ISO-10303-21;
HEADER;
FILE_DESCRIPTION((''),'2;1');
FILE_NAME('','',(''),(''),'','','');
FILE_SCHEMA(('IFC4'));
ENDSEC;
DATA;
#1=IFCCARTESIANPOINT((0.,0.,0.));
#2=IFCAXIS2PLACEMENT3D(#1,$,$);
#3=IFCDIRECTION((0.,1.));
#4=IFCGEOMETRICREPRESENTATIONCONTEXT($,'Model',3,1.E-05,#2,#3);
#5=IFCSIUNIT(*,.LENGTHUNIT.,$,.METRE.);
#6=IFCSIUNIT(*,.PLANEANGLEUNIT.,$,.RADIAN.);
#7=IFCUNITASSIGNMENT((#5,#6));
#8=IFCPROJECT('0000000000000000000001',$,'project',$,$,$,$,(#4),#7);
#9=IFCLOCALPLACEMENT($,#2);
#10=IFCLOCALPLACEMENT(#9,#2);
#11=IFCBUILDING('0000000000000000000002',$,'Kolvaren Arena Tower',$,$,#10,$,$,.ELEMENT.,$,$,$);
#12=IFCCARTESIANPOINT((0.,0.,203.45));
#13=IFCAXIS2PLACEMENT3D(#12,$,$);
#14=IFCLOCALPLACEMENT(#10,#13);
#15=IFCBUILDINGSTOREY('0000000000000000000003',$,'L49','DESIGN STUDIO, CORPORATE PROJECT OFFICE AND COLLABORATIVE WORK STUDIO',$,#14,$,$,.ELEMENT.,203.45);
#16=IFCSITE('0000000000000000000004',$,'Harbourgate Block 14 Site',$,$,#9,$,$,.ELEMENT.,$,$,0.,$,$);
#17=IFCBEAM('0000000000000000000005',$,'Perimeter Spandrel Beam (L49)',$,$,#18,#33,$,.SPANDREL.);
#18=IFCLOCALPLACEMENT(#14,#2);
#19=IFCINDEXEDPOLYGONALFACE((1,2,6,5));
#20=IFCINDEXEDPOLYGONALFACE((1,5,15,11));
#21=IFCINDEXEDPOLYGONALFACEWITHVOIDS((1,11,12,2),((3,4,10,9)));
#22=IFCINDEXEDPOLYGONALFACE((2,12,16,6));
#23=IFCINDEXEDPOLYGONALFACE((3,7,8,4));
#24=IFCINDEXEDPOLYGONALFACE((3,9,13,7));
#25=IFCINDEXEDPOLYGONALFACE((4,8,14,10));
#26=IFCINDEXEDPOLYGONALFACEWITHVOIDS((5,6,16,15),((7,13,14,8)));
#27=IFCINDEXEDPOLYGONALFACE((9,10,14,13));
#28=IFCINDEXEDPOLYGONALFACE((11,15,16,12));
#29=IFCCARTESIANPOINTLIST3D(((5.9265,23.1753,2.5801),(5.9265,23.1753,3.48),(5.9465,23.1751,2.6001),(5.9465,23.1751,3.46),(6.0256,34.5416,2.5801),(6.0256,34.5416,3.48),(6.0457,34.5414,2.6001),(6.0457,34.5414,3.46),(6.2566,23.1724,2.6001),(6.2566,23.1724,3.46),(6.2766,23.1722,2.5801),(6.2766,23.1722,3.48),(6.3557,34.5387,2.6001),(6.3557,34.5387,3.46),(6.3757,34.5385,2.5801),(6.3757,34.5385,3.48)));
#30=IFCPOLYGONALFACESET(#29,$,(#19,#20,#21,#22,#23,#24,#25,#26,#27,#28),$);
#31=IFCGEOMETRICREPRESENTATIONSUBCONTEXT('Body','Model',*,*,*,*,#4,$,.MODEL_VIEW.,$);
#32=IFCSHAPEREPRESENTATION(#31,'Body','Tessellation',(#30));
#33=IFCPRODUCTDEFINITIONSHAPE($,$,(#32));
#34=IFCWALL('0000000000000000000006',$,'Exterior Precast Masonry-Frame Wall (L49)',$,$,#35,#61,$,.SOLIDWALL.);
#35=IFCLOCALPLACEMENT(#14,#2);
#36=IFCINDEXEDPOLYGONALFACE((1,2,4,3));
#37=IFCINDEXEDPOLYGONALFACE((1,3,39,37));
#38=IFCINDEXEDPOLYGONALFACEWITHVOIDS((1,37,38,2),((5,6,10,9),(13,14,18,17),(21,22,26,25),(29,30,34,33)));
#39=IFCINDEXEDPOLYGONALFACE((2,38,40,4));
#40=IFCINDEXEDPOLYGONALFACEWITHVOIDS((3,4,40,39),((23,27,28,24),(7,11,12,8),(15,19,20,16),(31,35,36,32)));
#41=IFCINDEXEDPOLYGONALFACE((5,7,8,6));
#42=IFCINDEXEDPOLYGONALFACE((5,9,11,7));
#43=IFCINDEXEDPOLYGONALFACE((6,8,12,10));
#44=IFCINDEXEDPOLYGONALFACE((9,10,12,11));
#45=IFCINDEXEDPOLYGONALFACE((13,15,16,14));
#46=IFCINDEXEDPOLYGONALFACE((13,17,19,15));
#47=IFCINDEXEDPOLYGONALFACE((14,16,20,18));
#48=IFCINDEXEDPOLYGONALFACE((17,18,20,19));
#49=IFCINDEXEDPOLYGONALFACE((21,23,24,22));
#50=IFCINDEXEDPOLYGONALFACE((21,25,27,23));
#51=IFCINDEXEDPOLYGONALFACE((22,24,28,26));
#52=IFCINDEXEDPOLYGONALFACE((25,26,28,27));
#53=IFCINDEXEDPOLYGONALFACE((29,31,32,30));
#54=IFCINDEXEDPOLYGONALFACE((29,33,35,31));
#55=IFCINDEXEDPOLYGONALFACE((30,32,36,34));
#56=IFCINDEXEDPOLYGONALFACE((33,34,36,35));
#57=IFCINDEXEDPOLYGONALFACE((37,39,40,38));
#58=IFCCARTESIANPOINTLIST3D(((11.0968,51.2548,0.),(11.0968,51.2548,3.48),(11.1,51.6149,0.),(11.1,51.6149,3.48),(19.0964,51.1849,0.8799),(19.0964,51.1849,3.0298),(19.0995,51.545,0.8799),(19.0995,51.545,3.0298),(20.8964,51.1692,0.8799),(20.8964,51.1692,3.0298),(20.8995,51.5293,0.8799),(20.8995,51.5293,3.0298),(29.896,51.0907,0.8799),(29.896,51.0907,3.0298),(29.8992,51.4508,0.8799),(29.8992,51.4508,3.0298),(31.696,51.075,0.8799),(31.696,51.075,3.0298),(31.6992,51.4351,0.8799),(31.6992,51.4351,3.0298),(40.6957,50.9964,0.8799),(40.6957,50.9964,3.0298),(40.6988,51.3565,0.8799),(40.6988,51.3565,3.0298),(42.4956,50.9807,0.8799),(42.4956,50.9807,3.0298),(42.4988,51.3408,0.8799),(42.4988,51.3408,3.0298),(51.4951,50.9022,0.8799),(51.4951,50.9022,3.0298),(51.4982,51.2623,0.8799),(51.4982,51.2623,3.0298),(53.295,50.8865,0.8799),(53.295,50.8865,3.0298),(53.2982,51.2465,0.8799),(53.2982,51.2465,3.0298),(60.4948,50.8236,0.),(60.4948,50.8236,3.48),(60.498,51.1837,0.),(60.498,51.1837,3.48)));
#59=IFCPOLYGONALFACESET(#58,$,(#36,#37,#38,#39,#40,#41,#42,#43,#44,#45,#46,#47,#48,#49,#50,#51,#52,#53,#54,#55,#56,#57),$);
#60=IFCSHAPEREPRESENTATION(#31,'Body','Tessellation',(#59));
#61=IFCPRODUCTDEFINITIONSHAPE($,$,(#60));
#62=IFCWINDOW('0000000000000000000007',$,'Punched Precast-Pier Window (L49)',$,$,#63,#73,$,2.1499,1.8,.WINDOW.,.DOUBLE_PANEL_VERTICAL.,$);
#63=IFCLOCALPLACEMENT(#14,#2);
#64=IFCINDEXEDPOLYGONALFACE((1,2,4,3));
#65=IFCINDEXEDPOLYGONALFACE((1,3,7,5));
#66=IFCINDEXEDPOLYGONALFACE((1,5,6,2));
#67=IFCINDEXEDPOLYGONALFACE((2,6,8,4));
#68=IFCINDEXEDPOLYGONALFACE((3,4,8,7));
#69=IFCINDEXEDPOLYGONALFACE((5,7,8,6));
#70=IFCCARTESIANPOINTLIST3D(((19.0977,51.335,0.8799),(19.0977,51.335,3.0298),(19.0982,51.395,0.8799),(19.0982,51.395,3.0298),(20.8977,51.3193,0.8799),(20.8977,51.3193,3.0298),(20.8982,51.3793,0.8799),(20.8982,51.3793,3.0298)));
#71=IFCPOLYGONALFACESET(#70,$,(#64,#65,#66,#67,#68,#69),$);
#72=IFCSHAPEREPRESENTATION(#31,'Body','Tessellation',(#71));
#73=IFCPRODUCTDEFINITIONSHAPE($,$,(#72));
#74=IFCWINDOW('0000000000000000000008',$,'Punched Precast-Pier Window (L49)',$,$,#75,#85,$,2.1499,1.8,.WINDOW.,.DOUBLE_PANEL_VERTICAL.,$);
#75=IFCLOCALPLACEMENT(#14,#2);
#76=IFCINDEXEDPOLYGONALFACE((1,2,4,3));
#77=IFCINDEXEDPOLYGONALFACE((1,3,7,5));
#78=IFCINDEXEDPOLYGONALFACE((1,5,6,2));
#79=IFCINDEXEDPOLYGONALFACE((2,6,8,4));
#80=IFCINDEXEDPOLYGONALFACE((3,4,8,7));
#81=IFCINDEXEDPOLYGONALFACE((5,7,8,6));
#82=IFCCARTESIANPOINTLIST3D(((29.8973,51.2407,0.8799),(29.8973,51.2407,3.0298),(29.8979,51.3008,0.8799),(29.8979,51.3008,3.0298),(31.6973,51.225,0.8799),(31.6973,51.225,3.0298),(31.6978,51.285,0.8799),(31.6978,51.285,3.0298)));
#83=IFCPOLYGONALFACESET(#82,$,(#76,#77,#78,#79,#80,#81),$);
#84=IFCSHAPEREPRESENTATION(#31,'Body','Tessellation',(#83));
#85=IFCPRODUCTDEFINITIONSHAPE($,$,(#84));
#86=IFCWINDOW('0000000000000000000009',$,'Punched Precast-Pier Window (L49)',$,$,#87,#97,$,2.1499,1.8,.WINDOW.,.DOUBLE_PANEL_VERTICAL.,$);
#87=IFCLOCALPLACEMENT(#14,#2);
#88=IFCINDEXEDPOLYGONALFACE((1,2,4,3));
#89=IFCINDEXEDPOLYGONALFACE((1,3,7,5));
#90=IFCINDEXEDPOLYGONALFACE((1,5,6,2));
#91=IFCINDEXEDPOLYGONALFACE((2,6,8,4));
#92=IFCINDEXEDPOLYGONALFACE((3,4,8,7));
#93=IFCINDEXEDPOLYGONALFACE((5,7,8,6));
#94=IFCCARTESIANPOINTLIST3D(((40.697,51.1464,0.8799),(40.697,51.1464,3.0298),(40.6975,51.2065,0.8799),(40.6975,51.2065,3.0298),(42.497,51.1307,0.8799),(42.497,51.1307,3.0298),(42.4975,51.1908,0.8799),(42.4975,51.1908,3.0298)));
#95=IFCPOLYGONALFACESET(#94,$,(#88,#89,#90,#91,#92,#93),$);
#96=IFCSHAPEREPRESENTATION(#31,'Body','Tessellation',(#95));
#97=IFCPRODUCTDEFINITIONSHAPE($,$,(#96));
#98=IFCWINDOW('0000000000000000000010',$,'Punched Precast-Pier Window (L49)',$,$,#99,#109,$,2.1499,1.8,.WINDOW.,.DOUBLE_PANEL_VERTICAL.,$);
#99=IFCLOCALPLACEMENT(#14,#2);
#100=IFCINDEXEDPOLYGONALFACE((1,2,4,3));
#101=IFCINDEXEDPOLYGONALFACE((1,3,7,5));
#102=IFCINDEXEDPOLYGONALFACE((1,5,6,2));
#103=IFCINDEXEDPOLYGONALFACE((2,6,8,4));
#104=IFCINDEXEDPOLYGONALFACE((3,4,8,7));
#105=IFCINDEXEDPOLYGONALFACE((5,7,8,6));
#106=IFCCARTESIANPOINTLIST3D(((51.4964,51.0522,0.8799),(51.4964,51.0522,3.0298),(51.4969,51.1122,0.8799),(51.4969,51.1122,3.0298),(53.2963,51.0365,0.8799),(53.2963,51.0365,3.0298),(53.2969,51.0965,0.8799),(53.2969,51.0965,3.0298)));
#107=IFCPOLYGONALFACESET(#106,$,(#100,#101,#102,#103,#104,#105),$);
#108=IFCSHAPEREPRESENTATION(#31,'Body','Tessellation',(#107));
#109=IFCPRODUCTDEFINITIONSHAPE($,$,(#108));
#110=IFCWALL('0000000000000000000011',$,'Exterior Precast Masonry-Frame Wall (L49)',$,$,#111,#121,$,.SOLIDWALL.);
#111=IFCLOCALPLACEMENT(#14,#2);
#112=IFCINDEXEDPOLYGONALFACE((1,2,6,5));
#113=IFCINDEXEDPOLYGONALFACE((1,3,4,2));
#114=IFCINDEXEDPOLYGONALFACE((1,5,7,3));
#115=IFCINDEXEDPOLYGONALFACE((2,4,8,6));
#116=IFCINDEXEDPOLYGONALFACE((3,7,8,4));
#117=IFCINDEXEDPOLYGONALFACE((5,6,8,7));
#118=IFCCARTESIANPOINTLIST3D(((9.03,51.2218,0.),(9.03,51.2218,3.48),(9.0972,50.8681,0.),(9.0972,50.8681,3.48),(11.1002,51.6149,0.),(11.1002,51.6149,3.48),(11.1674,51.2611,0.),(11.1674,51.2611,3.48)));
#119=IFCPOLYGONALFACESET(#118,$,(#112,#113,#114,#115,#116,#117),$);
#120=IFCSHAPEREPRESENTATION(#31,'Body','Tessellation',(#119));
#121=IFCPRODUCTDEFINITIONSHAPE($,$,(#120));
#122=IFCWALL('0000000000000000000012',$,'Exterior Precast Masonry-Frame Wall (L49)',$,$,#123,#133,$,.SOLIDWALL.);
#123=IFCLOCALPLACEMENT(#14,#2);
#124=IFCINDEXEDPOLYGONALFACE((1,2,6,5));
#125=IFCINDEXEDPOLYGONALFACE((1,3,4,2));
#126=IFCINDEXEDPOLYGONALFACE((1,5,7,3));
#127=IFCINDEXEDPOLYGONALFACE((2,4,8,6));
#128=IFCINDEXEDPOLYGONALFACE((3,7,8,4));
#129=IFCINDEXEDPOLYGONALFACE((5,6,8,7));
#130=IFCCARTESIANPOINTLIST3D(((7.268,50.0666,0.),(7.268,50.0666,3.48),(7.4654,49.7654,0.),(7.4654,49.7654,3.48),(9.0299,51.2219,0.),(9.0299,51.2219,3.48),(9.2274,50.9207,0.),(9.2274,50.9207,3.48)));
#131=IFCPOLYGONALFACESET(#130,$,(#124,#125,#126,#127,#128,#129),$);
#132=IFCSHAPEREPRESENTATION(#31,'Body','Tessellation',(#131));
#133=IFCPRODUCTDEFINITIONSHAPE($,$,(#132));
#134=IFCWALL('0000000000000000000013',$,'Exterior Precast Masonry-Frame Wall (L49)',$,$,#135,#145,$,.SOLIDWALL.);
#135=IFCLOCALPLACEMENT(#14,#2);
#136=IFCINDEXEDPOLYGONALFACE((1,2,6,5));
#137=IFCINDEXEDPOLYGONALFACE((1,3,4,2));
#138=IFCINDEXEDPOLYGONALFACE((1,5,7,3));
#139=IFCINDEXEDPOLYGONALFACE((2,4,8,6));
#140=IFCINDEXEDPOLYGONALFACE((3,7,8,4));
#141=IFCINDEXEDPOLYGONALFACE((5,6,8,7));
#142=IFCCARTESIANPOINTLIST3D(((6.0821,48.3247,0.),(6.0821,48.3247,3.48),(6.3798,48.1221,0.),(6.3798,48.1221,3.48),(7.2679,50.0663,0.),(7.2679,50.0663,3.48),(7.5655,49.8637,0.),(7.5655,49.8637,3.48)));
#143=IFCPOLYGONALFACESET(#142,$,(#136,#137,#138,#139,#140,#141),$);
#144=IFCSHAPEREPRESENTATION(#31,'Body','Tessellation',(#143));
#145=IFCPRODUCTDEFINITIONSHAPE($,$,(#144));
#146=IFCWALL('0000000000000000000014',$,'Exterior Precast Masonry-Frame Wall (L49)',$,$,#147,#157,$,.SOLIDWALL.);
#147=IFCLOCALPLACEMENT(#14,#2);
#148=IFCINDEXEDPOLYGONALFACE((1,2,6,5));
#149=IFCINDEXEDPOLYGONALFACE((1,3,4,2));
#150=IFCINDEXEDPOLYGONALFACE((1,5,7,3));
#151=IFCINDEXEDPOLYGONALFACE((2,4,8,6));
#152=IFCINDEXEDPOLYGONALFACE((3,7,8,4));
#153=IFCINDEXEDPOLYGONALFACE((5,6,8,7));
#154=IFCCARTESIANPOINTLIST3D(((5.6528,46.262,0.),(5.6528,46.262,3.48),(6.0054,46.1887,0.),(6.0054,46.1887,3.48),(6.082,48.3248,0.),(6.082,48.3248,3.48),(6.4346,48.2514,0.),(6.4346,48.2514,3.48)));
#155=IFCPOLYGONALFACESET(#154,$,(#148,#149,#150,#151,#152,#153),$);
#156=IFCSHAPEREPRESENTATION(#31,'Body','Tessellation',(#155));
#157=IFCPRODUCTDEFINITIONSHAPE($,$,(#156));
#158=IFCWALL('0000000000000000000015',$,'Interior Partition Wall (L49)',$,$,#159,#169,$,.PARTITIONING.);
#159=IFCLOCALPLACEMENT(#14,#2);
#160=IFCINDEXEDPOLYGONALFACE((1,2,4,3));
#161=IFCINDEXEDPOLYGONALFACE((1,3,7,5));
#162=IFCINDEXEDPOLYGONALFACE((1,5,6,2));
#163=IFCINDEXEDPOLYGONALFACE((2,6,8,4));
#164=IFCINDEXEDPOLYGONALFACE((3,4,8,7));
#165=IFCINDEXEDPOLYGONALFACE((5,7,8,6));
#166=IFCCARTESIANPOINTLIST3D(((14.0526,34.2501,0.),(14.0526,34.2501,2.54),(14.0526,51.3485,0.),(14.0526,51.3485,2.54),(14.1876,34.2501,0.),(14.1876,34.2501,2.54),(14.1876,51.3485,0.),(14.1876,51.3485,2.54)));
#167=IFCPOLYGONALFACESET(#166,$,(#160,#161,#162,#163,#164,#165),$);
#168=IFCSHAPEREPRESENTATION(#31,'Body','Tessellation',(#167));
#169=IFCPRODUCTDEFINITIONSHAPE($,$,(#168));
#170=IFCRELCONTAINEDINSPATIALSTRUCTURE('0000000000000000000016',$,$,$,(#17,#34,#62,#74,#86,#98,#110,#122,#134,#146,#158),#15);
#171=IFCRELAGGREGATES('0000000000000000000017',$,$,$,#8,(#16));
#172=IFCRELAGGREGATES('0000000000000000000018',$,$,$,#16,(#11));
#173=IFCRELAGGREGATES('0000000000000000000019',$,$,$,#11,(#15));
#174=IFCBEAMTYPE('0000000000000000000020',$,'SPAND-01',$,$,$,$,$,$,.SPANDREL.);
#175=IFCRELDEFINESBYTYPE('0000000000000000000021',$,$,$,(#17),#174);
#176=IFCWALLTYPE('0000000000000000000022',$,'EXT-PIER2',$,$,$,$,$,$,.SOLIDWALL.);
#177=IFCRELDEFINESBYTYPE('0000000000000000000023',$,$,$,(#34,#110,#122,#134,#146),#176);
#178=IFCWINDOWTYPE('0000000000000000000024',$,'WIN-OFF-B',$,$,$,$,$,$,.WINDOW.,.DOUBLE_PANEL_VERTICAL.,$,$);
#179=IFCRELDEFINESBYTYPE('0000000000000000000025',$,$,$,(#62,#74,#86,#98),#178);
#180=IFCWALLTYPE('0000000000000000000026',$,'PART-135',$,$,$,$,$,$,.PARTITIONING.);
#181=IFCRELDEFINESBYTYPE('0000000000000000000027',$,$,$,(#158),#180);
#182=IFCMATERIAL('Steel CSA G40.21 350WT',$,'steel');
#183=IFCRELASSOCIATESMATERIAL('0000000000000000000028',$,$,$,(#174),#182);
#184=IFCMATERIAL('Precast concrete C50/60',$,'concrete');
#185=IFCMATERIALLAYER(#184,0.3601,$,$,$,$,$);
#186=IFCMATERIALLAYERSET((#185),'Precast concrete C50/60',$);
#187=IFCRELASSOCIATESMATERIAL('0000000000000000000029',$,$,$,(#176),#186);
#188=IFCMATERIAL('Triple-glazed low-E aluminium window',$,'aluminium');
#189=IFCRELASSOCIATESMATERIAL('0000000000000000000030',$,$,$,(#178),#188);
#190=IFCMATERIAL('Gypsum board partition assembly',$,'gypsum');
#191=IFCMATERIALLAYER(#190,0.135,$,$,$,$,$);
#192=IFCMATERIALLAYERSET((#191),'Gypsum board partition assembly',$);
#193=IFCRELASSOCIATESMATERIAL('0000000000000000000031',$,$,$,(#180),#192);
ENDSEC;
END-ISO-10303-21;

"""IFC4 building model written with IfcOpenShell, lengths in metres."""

from ifc_helpers import new_model, si_unit, direction, frame, frame_2d, origin, origin_2d, place, context, subcontext, project, spatial, rectangle, hollow_rectangle, extrude, material, layer, layer_set, material_profile, profile_set, type_object, element, fill, save


model = new_model("IFC4")

# Units and contexts
model_context = context("Model", 3, precision=1e-05, world=origin(), true_north=direction((0.0, 1.0)))
body_context = subcontext(model_context, "Body", "Model", "MODEL_VIEW")
ifc_project = project(units=[si_unit("LENGTHUNIT", "METRE"), si_unit("PLANEANGLEUNIT", "RADIAN")], contexts=[model_context])

# Site, building, storey
site_placement = place(None, origin())
site = spatial("IfcSite", under=ifc_project, at=site_placement, Name="Harbourgate Block 14 Site", CompositionType="ELEMENT", RefElevation=0.0)
building_placement = place(site_placement, origin())
building = spatial("IfcBuilding", under=site, at=building_placement, Name="Kolvaren Arena Tower", CompositionType="ELEMENT")
storey_placement = place(building_placement, frame((0.0, 0.0, 203.45)))
storey = spatial("IfcBuildingStorey", under=building, at=storey_placement, Name="L49", Description="DESIGN STUDIO, CORPORATE PROJECT OFFICE AND COLLABORATIVE WORK STUDIO", CompositionType="ELEMENT", Elevation=203.45)

# Beam
ifc_material_1 = material(Name="Steel CSA G40.21 350WT", Category="steel")
ifc_material_profile_1 = material_profile(ifc_material_1, hollow_rectangle(XDim=0.3501, YDim=0.8999, WallThickness=0.02, at=origin_2d()), Name="HSS 900x350x20")
ifc_profile_set_1 = profile_set([ifc_material_profile_1], Name="Steel CSA G40.21 350WT")
beam_type_1 = type_object("IfcBeamType", Name="SPAND-01", PredefinedType="SPANDREL", material=ifc_profile_set_1)
for number, where, z_axis, x_axis, name in (
    (1, (6.2007, 34.54, 3.03), (-0.00872, -0.999962, 0.0), (0.999962, -0.00872, 0.0), "Perimeter Spandrel Beam (L49)"),
):
    element("IfcBeam", number, at=place(storey_placement, frame(where, z_axis=z_axis, x_axis=x_axis)), inside=storey, type_object=beam_type_1, Name=name, PredefinedType="SPANDREL", context=body_context, shape_type="SweptSolid", body=[
        extrude(hollow_rectangle(XDim=0.3501, YDim=0.8999, WallThickness=0.02, at=origin_2d()), origin(), (0.0, 0.0, 1.0), 11.3667),
    ])

# Wall, openings, windows
ifc_material_2 = material(Name="Precast concrete C50/60", Category="concrete")
ifc_layer_1 = layer(ifc_material_2, 0.3601)
ifc_layer_set_1 = layer_set([ifc_layer_1], Name="Precast concrete C50/60")
wall_type_1 = type_object("IfcWallType", Name="EXT-PIER2", PredefinedType="SOLIDWALL", material=ifc_layer_set_1)
wall_1_placement = place(storey_placement, frame((11.0984, 51.4348, 0.0), z_axis=(0.0, 0.0, 1.0), x_axis=(0.999962, -0.008728, 0.0)))
wall_1 = element("IfcWall", 2, at=wall_1_placement, inside=storey, type_object=wall_type_1, Name="Exterior Precast Masonry-Frame Wall (L49)", PredefinedType="SOLIDWALL", context=body_context, shape_type="SweptSolid", body=[
    extrude(rectangle(XDim=49.3999, YDim=0.3601, at=frame_2d((24.7, 0.0))), origin(), (0.0, 0.0, 1.0), 3.48),
])
opening_1_placement = place(wall_1_placement, frame((8.0, 0.0, 0.8799)))
opening_1 = element("IfcOpeningElement", 3, at=opening_1_placement, cuts=wall_1, PredefinedType="OPENING", context=body_context, shape_type="SweptSolid", body=[
    extrude(rectangle(XDim=1.8, YDim=2.1499, at=frame_2d((0.8999, 1.075))), frame((0.0, 0.1899, 0.0), z_axis=(0.0, -1.0, 0.0), x_axis=(1.0, 0.0, 0.0)), (0.0, 0.0, 1.0), 0.3801),
])
opening_2_placement = place(wall_1_placement, frame((18.8, 0.0, 0.8799)))
opening_2 = element("IfcOpeningElement", 4, at=opening_2_placement, cuts=wall_1, PredefinedType="OPENING", context=body_context, shape_type="SweptSolid", body=[
    extrude(rectangle(XDim=1.8, YDim=2.1499, at=frame_2d((0.8999, 1.075))), frame((0.0, 0.1899, 0.0), z_axis=(0.0, -1.0, 0.0), x_axis=(1.0, 0.0, 0.0)), (0.0, 0.0, 1.0), 0.3801),
])
opening_3_placement = place(wall_1_placement, frame((29.6001, 0.0, 0.8799)))
opening_3 = element("IfcOpeningElement", 5, at=opening_3_placement, cuts=wall_1, PredefinedType="OPENING", context=body_context, shape_type="SweptSolid", body=[
    extrude(rectangle(XDim=1.8, YDim=2.1499, at=frame_2d((0.8999, 1.075))), frame((0.0, 0.1899, 0.0), z_axis=(0.0, -1.0, 0.0), x_axis=(1.0, 0.0, 0.0)), (0.0, 0.0, 1.0), 0.3801),
])
opening_4_placement = place(wall_1_placement, frame((40.3999, 0.0, 0.8799)))
opening_4 = element("IfcOpeningElement", 6, at=opening_4_placement, cuts=wall_1, PredefinedType="OPENING", context=body_context, shape_type="SweptSolid", body=[
    extrude(rectangle(XDim=1.8, YDim=2.1499, at=frame_2d((0.8999, 1.075))), frame((0.0, 0.1899, 0.0), z_axis=(0.0, -1.0, 0.0), x_axis=(1.0, 0.0, 0.0)), (0.0, 0.0, 1.0), 0.3801),
])
ifc_material_3 = material(Name="Triple-glazed low-E aluminium window", Category="aluminium")
window_type = type_object("IfcWindowType", Name="WIN-OFF-B", PartitioningType="DOUBLE_PANEL_VERTICAL", PredefinedType="WINDOW", material=ifc_material_3)
window_1_placement = place(opening_1_placement, origin())
window_1 = element("IfcWindow", 7, at=window_1_placement, inside=storey, type_object=window_type, Name="Punched Precast-Pier Window (L49)", OverallHeight=2.1499, OverallWidth=1.8, PartitioningType="DOUBLE_PANEL_VERTICAL", PredefinedType="WINDOW", context=body_context, shape_type="SweptSolid", body=[
    extrude(rectangle(XDim=1.8, YDim=2.1499, at=frame_2d((0.8999, 1.075))), frame((0.0, 0.03, 0.0), z_axis=(0.0, -1.0, 0.0), x_axis=(1.0, 0.0, 0.0)), (0.0, 0.0, 1.0), 0.0601),
])
fill(opening_1, window_1)
window_2_placement = place(opening_2_placement, origin())
window_2 = element("IfcWindow", 8, at=window_2_placement, inside=storey, type_object=window_type, Name="Punched Precast-Pier Window (L49)", OverallHeight=2.1499, OverallWidth=1.8, PartitioningType="DOUBLE_PANEL_VERTICAL", PredefinedType="WINDOW", context=body_context, shape_type="SweptSolid", body=[
    extrude(rectangle(XDim=1.8, YDim=2.1499, at=frame_2d((0.8999, 1.075))), frame((0.0, 0.03, 0.0), z_axis=(0.0, -1.0, 0.0), x_axis=(1.0, 0.0, 0.0)), (0.0, 0.0, 1.0), 0.0601),
])
fill(opening_2, window_2)
window_3_placement = place(opening_3_placement, origin())
window_3 = element("IfcWindow", 9, at=window_3_placement, inside=storey, type_object=window_type, Name="Punched Precast-Pier Window (L49)", OverallHeight=2.1499, OverallWidth=1.8, PartitioningType="DOUBLE_PANEL_VERTICAL", PredefinedType="WINDOW", context=body_context, shape_type="SweptSolid", body=[
    extrude(rectangle(XDim=1.8, YDim=2.1499, at=frame_2d((0.8999, 1.075))), frame((0.0, 0.03, 0.0), z_axis=(0.0, -1.0, 0.0), x_axis=(1.0, 0.0, 0.0)), (0.0, 0.0, 1.0), 0.0601),
])
fill(opening_3, window_3)
window_4_placement = place(opening_4_placement, origin())
window_4 = element("IfcWindow", 10, at=window_4_placement, inside=storey, type_object=window_type, Name="Punched Precast-Pier Window (L49)", OverallHeight=2.1499, OverallWidth=1.8, PartitioningType="DOUBLE_PANEL_VERTICAL", PredefinedType="WINDOW", context=body_context, shape_type="SweptSolid", body=[
    extrude(rectangle(XDim=1.8, YDim=2.1499, at=frame_2d((0.8999, 1.075))), frame((0.0, 0.03, 0.0), z_axis=(0.0, -1.0, 0.0), x_axis=(1.0, 0.0, 0.0)), (0.0, 0.0, 1.0), 0.0601),
])
fill(opening_4, window_4)

# Walls
wall_2_placement = place(storey_placement, frame((9.0635, 51.0449, 0.0), z_axis=(0.0, 0.0, 1.0), x_axis=(0.982446, 0.186548, 0.0)))
element("IfcWall", 11, at=wall_2_placement, inside=storey, type_object=wall_type_1, Name="Exterior Precast Masonry-Frame Wall (L49)", PredefinedType="SOLIDWALL", context=body_context, shape_type="SweptSolid", body=[
    extrude(rectangle(XDim=2.1072, YDim=0.3601, at=frame_2d((1.0537, 0.0))), origin(), (0.0, 0.0, 1.0), 3.48),
])
for number, where, z_axis, x_axis, name in (
    (12, (7.3667, 49.916, 0.0), (0.0, 0.0, 1.0), (0.836269, 0.54832, 0.0), "Exterior Precast Masonry-Frame Wall (L49)"),
    (13, (6.231, 48.2234, 0.0), (0.0, 0.0, 1.0), (0.562776, 0.82661, 0.0), "Exterior Precast Masonry-Frame Wall (L49)"),
    (14, (5.8291, 46.2253, 0.0), (0.0, 0.0, 1.0), (0.203709, 0.979031, 0.0), "Exterior Precast Masonry-Frame Wall (L49)"),
):
    element("IfcWall", number, at=place(storey_placement, frame(where, z_axis=z_axis, x_axis=x_axis)), inside=storey, type_object=wall_type_1, Name=name, PredefinedType="SOLIDWALL", context=body_context, shape_type="SweptSolid", body=[
        extrude(rectangle(XDim=2.1069, YDim=0.3601, at=frame_2d((1.0535, 0.0))), origin(), (0.0, 0.0, 1.0), 3.48),
    ])
ifc_material_4 = material(Name="Gypsum board partition assembly", Category="gypsum")
ifc_layer_2 = layer(ifc_material_4, 0.135)
ifc_layer_set_2 = layer_set([ifc_layer_2], Name="Gypsum board partition assembly")
wall_type_2 = type_object("IfcWallType", Name="PART-135", PredefinedType="PARTITIONING", material=ifc_layer_set_2)
wall_3_placement = place(storey_placement, frame((14.1201, 34.25, 0.0), z_axis=(0.0, 0.0, 1.0), x_axis=(0.0, 1.0, 0.0)))
element("IfcWall", 15, at=wall_3_placement, inside=storey, type_object=wall_type_2, Name="Interior Partition Wall (L49)", PredefinedType="PARTITIONING", context=body_context, shape_type="SweptSolid", body=[
    extrude(rectangle(XDim=17.0984, YDim=0.135, at=frame_2d((8.5493, 0.0))), origin(), (0.0, 0.0, 1.0), 2.54),
])

save(model, "model.ifc")
